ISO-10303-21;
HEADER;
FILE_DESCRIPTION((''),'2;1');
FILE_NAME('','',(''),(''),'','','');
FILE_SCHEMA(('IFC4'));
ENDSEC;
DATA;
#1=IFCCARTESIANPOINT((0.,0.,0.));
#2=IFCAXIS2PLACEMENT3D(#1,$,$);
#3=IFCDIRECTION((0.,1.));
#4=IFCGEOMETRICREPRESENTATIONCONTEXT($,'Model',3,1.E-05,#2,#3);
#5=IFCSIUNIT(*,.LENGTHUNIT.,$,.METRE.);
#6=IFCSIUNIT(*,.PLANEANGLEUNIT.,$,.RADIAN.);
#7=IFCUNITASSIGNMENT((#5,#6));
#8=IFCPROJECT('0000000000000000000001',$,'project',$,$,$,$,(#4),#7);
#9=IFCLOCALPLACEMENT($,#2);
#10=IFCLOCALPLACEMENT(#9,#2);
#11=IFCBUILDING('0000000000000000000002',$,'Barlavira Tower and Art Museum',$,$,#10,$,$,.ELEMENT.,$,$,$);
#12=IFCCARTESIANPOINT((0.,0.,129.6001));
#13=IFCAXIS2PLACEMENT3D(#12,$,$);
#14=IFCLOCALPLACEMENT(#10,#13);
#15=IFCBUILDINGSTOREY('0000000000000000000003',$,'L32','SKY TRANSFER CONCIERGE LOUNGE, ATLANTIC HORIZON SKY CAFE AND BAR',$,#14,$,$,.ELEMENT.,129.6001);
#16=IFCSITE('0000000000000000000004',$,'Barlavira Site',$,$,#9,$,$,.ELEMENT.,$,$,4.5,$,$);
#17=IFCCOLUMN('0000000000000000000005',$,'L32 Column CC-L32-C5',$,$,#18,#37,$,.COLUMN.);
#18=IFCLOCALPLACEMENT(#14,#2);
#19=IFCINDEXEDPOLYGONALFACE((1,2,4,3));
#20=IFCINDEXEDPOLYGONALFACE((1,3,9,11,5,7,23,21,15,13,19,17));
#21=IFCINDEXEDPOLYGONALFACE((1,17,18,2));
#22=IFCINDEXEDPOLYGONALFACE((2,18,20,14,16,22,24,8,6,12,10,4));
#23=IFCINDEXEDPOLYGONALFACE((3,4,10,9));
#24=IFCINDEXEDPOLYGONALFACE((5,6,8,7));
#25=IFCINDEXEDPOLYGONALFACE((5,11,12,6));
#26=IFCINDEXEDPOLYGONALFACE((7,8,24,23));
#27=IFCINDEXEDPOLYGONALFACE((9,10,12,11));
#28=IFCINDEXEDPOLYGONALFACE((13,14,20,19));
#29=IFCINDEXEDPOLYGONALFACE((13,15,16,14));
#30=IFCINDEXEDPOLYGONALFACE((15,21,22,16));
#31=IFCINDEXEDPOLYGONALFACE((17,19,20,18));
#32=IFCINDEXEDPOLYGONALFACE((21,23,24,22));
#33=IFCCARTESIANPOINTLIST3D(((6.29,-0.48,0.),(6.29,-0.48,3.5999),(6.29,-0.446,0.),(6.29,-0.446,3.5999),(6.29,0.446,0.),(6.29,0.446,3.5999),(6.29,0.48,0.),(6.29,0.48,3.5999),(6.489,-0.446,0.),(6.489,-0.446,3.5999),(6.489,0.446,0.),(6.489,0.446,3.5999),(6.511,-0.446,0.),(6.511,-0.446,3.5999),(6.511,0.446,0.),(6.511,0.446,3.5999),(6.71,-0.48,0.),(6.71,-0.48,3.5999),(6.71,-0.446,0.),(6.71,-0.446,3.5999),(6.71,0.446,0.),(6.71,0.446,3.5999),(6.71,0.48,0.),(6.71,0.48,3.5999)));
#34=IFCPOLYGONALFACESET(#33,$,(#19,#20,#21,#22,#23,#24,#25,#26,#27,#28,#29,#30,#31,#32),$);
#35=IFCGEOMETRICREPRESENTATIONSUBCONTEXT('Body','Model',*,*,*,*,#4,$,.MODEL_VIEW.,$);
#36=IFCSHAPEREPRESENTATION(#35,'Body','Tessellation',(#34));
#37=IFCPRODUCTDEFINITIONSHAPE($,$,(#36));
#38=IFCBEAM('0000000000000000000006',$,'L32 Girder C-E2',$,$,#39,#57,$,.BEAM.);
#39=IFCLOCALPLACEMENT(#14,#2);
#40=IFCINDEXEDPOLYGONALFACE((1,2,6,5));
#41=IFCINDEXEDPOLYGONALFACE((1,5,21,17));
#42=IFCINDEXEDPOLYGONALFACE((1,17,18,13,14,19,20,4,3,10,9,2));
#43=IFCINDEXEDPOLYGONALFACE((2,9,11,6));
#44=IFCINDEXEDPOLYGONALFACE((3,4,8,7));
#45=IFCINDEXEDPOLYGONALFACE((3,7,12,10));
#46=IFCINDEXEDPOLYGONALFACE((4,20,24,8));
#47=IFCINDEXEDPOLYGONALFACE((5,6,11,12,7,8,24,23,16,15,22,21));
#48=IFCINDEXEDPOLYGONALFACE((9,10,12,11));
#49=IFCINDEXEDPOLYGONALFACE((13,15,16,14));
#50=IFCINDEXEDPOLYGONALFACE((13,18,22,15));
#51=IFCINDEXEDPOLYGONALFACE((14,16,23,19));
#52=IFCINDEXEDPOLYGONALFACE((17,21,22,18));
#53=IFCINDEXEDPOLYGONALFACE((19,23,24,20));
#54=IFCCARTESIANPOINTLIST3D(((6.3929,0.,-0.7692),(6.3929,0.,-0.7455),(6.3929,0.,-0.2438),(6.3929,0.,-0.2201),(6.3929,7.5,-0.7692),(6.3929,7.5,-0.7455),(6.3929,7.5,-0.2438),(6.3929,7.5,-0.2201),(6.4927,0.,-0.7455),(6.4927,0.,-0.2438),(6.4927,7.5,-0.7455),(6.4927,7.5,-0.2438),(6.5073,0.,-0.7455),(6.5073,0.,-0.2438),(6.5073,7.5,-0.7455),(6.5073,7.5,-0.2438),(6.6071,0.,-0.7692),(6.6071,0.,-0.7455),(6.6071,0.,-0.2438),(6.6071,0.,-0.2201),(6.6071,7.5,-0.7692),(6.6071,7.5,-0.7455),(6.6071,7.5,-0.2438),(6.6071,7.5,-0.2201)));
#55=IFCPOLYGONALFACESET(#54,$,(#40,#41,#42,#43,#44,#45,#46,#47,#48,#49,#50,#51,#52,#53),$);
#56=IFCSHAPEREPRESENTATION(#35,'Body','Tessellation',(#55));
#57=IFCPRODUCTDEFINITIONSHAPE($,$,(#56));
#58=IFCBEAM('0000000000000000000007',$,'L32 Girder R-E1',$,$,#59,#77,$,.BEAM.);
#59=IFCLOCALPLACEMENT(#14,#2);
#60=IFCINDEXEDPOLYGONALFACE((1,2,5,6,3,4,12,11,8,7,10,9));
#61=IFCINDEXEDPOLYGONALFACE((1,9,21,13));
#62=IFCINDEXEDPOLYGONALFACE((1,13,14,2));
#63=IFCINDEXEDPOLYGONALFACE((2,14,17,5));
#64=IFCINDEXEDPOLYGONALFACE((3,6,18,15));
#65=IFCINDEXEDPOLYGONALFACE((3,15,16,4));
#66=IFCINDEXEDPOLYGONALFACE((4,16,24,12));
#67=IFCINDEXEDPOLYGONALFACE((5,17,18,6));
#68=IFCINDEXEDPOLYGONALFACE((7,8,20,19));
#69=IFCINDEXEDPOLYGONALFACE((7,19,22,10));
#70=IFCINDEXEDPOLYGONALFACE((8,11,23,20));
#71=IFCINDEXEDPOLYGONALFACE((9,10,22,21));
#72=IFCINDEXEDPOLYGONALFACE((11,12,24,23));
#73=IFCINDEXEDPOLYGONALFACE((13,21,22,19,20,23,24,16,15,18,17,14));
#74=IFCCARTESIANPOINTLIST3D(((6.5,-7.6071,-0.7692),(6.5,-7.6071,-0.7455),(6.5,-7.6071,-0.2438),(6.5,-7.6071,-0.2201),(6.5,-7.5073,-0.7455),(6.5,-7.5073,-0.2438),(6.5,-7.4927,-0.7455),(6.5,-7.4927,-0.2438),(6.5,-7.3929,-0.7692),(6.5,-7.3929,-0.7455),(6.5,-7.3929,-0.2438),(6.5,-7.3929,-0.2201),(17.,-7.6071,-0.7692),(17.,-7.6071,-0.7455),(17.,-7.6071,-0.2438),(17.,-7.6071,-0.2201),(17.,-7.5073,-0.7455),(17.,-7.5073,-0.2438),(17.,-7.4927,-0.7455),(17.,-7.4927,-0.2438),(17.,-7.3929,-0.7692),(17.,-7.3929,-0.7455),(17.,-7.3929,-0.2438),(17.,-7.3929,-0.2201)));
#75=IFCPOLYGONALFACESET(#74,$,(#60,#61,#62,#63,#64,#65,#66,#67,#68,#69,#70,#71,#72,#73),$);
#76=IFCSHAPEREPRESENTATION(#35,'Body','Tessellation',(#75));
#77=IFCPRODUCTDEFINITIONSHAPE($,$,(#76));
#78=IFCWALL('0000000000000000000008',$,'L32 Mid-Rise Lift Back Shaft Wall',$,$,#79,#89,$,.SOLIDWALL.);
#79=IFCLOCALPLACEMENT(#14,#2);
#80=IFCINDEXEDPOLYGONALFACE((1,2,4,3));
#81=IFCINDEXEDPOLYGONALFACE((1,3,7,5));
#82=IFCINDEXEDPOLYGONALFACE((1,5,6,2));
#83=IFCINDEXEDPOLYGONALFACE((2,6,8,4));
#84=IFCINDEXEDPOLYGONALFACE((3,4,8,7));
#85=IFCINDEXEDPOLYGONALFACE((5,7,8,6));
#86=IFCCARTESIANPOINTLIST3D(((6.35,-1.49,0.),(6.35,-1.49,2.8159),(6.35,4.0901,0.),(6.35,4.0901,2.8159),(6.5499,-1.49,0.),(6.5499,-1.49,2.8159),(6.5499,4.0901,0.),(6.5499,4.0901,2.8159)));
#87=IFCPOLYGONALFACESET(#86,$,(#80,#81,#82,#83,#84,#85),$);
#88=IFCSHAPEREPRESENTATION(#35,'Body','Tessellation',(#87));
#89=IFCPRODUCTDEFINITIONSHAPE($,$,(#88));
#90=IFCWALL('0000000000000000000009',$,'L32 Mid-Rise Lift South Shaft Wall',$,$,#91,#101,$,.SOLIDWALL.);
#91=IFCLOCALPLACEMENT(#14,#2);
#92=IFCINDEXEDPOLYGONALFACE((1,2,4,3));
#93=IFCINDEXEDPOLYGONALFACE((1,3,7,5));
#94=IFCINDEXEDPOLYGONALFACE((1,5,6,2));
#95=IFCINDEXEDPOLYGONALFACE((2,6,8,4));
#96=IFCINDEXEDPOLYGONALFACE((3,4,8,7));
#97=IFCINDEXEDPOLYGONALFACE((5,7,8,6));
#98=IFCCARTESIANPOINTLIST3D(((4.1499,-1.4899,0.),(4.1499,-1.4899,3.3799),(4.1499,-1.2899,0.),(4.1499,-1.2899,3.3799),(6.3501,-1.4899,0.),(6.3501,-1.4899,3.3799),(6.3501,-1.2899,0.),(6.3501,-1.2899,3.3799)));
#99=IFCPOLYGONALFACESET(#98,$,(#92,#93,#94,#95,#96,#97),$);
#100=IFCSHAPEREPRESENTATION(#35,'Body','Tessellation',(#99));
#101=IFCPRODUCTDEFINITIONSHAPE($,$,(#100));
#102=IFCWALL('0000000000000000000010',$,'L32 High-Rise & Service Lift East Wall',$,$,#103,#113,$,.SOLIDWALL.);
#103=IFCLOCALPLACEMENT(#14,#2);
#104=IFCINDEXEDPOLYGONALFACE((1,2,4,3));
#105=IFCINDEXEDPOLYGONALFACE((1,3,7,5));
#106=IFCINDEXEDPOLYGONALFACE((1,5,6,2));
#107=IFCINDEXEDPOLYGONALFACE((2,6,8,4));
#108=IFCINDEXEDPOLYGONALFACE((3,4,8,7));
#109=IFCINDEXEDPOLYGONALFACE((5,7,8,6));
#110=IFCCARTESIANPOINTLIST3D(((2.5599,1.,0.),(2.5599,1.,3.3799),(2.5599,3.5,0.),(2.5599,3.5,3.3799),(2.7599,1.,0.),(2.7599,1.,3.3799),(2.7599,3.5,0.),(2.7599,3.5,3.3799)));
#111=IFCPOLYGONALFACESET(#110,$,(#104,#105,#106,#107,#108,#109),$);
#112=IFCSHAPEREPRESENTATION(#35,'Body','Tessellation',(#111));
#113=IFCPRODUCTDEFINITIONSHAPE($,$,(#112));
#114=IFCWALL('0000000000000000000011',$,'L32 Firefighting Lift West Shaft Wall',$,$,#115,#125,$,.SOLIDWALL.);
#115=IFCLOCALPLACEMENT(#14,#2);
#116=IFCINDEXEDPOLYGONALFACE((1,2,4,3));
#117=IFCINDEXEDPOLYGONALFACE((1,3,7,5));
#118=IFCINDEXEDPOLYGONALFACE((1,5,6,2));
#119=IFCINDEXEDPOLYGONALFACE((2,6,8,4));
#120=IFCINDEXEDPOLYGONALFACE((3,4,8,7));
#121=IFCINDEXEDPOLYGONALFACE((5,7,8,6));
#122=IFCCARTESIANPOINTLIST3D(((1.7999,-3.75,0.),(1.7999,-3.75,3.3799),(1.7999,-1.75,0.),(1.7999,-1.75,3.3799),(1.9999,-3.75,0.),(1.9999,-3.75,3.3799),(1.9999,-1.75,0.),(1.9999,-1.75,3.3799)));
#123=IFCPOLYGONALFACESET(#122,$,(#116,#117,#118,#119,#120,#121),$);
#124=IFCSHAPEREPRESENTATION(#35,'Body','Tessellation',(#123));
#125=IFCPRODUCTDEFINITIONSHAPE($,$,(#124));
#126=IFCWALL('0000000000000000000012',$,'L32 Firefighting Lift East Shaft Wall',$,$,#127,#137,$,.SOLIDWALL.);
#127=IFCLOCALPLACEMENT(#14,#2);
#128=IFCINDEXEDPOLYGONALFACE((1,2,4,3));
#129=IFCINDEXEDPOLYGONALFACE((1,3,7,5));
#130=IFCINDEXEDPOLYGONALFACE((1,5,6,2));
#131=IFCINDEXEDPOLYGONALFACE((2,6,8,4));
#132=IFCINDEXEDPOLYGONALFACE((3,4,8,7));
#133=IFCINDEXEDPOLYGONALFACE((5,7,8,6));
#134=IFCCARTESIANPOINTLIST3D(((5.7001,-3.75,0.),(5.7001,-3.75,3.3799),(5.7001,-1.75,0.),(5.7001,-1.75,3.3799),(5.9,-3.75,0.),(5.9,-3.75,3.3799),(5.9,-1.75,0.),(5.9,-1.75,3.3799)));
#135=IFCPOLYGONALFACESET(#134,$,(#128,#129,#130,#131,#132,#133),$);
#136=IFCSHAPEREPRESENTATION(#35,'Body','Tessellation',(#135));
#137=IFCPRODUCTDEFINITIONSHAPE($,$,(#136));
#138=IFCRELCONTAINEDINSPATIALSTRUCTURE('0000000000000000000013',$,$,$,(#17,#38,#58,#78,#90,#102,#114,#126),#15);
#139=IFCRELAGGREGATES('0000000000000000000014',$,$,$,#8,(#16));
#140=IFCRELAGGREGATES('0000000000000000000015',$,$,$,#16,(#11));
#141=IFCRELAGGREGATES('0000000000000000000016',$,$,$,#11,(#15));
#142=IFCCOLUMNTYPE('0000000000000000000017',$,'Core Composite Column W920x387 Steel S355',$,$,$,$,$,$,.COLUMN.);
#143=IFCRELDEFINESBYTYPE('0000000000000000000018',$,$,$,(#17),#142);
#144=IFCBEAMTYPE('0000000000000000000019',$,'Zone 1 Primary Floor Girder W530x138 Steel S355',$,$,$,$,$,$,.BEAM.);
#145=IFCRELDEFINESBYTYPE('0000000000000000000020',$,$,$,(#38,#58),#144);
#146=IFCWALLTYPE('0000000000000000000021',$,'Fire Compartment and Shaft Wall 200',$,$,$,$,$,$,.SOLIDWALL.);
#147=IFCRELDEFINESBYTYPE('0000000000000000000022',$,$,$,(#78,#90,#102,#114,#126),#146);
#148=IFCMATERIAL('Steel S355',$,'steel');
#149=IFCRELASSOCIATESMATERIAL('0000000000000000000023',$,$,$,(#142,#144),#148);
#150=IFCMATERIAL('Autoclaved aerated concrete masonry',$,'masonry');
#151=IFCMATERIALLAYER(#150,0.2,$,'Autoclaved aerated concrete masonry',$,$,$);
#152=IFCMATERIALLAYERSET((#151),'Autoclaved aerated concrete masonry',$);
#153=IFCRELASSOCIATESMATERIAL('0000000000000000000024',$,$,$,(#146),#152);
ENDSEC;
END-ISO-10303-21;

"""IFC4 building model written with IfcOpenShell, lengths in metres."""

from ifc_helpers import new_model, si_unit, direction, frame, frame_2d, origin, origin_2d, place, context, subcontext, project, spatial, rectangle, i_section, extrude, material, layer, layer_set, material_profile, profile_set, type_object, element, save


model = new_model("IFC4")

# Units and contexts
model_context = context("Model", 3, precision=1e-05, world=origin(), true_north=direction((0.0, 1.0)))
body_context = subcontext(model_context, "Body", "Model", "MODEL_VIEW")
ifc_project = project(units=[si_unit("LENGTHUNIT", "METRE"), si_unit("PLANEANGLEUNIT", "RADIAN")], contexts=[model_context])

# Site, building, storey
site_placement = place(None, origin())
site = spatial("IfcSite", under=ifc_project, at=site_placement, Name="Barlavira Site", CompositionType="ELEMENT", RefElevation=4.5)
building_placement = place(site_placement, origin())
building = spatial("IfcBuilding", under=site, at=building_placement, Name="Barlavira Tower and Art Museum", CompositionType="ELEMENT")
storey_placement = place(building_placement, frame((0.0, 0.0, 129.6001)))
storey = spatial("IfcBuildingStorey", under=building, at=storey_placement, Name="L32", Description="SKY TRANSFER CONCIERGE LOUNGE, ATLANTIC HORIZON SKY CAFE AND BAR", CompositionType="ELEMENT", Elevation=129.6001)

# Column
ifc_material_1 = material(Name="Steel S355", Category="steel")
ifc_material_profile_1 = material_profile(ifc_material_1, i_section(OverallWidth=0.4199, OverallDepth=0.96, WebThickness=0.022, FlangeThickness=0.0339, at=origin_2d()), Name="W920x387.0")
ifc_profile_set_1 = profile_set([ifc_material_profile_1], Name="Steel S355")
column_type = type_object("IfcColumnType", Name="Core Composite Column W920x387 Steel S355", PredefinedType="COLUMN", material=ifc_profile_set_1)
column_placement = place(storey_placement, frame((6.5, 0.0, 0.0), z_axis=(0.0, 0.0, 1.0), x_axis=(1.0, 0.0, 0.0)))
element("IfcColumn", 1, at=column_placement, inside=storey, type_object=column_type, Name="L32 Column CC-L32-C5", PredefinedType="COLUMN", context=body_context, shape_type="SweptSolid", body=[
    extrude(i_section(OverallWidth=0.4199, OverallDepth=0.96, WebThickness=0.022, FlangeThickness=0.0339, at=origin_2d()), origin(), (0.0, 0.0, 1.0), 3.5999),
])

# Beams
ifc_material_profile_2 = material_profile(ifc_material_1, i_section(OverallWidth=0.2141, OverallDepth=0.5491, WebThickness=0.0146, FlangeThickness=0.0237, at=origin_2d()), Name="W530x138.0")
ifc_profile_set_2 = profile_set([ifc_material_profile_2], Name="Steel S355")
beam_type = type_object("IfcBeamType", Name="Zone 1 Primary Floor Girder W530x138 Steel S355", PredefinedType="BEAM", material=ifc_profile_set_2)
beam_1_placement = place(storey_placement, frame((6.5, 0.0, -0.4946), z_axis=(0.0, 1.0, 0.0), x_axis=(-1.0, 0.0, 0.0)))
element("IfcBeam", 2, at=beam_1_placement, inside=storey, type_object=beam_type, Name="L32 Girder C-E2", PredefinedType="BEAM", context=body_context, shape_type="SweptSolid", body=[
    extrude(i_section(OverallWidth=0.2141, OverallDepth=0.5491, WebThickness=0.0146, FlangeThickness=0.0237, at=origin_2d()), origin(), (0.0, 0.0, 1.0), 7.5),
])
beam_2_placement = place(storey_placement, frame((6.5, -7.5, -0.4946), z_axis=(1.0, 0.0, 0.0), x_axis=(0.0, 1.0, 0.0)))
element("IfcBeam", 3, at=beam_2_placement, inside=storey, type_object=beam_type, Name="L32 Girder R-E1", PredefinedType="BEAM", context=body_context, shape_type="SweptSolid", body=[
    extrude(i_section(OverallWidth=0.2141, OverallDepth=0.5491, WebThickness=0.0146, FlangeThickness=0.0237, at=origin_2d()), origin(), (0.0, 0.0, 1.0), 10.5),
])

# Shared definitions
ifc_material_2 = material(Name="Autoclaved aerated concrete masonry", Category="masonry")
ifc_layer_1 = layer(ifc_material_2, 0.2, Name="Autoclaved aerated concrete masonry")
ifc_layer_set_1 = layer_set([ifc_layer_1], Name="Autoclaved aerated concrete masonry")
wall_type_1 = type_object("IfcWallType", Name="Fire Compartment and Shaft Wall 200", PredefinedType="SOLIDWALL", material=ifc_layer_set_1)

# Walls
wall_1_placement = place(storey_placement, frame((6.45, -1.49, 0.0), z_axis=(0.0, 0.0, 1.0), x_axis=(0.0, 1.0, 0.0)))
element("IfcWall", 4, at=wall_1_placement, inside=storey, type_object=wall_type_1, Name="L32 Mid-Rise Lift Back Shaft Wall", PredefinedType="SOLIDWALL", context=body_context, shape_type="SweptSolid", body=[
    extrude(rectangle(XDim=5.5801, YDim=0.2, at=frame_2d((2.79, 0.0))), origin(), (0.0, 0.0, 1.0), 2.8159),
])
wall_2_placement = place(storey_placement, frame((4.1499, -1.3899, 0.0), z_axis=(0.0, 0.0, 1.0), x_axis=(1.0, 0.0, 0.0)))
element("IfcWall", 5, at=wall_2_placement, inside=storey, type_object=wall_type_1, Name="L32 Mid-Rise Lift South Shaft Wall", PredefinedType="SOLIDWALL", context=body_context, shape_type="SweptSolid", body=[
    extrude(rectangle(XDim=2.2002, YDim=0.2, at=frame_2d((1.1001, 0.0))), origin(), (0.0, 0.0, 1.0), 3.3799),
])
wall_3_placement = place(storey_placement, frame((2.6599, 1.0, 0.0), z_axis=(0.0, 0.0, 1.0), x_axis=(0.0, 1.0, 0.0)))
element("IfcWall", 6, at=wall_3_placement, inside=storey, type_object=wall_type_1, Name="L32 High-Rise & Service Lift East Wall", PredefinedType="SOLIDWALL", context=body_context, shape_type="SweptSolid", body=[
    extrude(rectangle(XDim=2.5, YDim=0.2, at=frame_2d((1.25, 0.0))), origin(), (0.0, 0.0, 1.0), 3.3799),
])
for number, where, z_axis, x_axis, name in (
    (7, (1.8999, -3.75, 0.0), (0.0, 0.0, 1.0), (0.0, 1.0, 0.0), "L32 Firefighting Lift West Shaft Wall"),
    (8, (5.8, -3.75, 0.0), (0.0, 0.0, 1.0), (0.0, 1.0, 0.0), "L32 Firefighting Lift East Shaft Wall"),
):
    element("IfcWall", number, at=place(storey_placement, frame(where, z_axis=z_axis, x_axis=x_axis)), inside=storey, type_object=wall_type_1, Name=name, PredefinedType="SOLIDWALL", context=body_context, shape_type="SweptSolid", body=[
        extrude(rectangle(XDim=2.0, YDim=0.2, at=frame_2d((1.0, 0.0))), origin(), (0.0, 0.0, 1.0), 3.3799),
    ])

save(model, "model.ifc")
